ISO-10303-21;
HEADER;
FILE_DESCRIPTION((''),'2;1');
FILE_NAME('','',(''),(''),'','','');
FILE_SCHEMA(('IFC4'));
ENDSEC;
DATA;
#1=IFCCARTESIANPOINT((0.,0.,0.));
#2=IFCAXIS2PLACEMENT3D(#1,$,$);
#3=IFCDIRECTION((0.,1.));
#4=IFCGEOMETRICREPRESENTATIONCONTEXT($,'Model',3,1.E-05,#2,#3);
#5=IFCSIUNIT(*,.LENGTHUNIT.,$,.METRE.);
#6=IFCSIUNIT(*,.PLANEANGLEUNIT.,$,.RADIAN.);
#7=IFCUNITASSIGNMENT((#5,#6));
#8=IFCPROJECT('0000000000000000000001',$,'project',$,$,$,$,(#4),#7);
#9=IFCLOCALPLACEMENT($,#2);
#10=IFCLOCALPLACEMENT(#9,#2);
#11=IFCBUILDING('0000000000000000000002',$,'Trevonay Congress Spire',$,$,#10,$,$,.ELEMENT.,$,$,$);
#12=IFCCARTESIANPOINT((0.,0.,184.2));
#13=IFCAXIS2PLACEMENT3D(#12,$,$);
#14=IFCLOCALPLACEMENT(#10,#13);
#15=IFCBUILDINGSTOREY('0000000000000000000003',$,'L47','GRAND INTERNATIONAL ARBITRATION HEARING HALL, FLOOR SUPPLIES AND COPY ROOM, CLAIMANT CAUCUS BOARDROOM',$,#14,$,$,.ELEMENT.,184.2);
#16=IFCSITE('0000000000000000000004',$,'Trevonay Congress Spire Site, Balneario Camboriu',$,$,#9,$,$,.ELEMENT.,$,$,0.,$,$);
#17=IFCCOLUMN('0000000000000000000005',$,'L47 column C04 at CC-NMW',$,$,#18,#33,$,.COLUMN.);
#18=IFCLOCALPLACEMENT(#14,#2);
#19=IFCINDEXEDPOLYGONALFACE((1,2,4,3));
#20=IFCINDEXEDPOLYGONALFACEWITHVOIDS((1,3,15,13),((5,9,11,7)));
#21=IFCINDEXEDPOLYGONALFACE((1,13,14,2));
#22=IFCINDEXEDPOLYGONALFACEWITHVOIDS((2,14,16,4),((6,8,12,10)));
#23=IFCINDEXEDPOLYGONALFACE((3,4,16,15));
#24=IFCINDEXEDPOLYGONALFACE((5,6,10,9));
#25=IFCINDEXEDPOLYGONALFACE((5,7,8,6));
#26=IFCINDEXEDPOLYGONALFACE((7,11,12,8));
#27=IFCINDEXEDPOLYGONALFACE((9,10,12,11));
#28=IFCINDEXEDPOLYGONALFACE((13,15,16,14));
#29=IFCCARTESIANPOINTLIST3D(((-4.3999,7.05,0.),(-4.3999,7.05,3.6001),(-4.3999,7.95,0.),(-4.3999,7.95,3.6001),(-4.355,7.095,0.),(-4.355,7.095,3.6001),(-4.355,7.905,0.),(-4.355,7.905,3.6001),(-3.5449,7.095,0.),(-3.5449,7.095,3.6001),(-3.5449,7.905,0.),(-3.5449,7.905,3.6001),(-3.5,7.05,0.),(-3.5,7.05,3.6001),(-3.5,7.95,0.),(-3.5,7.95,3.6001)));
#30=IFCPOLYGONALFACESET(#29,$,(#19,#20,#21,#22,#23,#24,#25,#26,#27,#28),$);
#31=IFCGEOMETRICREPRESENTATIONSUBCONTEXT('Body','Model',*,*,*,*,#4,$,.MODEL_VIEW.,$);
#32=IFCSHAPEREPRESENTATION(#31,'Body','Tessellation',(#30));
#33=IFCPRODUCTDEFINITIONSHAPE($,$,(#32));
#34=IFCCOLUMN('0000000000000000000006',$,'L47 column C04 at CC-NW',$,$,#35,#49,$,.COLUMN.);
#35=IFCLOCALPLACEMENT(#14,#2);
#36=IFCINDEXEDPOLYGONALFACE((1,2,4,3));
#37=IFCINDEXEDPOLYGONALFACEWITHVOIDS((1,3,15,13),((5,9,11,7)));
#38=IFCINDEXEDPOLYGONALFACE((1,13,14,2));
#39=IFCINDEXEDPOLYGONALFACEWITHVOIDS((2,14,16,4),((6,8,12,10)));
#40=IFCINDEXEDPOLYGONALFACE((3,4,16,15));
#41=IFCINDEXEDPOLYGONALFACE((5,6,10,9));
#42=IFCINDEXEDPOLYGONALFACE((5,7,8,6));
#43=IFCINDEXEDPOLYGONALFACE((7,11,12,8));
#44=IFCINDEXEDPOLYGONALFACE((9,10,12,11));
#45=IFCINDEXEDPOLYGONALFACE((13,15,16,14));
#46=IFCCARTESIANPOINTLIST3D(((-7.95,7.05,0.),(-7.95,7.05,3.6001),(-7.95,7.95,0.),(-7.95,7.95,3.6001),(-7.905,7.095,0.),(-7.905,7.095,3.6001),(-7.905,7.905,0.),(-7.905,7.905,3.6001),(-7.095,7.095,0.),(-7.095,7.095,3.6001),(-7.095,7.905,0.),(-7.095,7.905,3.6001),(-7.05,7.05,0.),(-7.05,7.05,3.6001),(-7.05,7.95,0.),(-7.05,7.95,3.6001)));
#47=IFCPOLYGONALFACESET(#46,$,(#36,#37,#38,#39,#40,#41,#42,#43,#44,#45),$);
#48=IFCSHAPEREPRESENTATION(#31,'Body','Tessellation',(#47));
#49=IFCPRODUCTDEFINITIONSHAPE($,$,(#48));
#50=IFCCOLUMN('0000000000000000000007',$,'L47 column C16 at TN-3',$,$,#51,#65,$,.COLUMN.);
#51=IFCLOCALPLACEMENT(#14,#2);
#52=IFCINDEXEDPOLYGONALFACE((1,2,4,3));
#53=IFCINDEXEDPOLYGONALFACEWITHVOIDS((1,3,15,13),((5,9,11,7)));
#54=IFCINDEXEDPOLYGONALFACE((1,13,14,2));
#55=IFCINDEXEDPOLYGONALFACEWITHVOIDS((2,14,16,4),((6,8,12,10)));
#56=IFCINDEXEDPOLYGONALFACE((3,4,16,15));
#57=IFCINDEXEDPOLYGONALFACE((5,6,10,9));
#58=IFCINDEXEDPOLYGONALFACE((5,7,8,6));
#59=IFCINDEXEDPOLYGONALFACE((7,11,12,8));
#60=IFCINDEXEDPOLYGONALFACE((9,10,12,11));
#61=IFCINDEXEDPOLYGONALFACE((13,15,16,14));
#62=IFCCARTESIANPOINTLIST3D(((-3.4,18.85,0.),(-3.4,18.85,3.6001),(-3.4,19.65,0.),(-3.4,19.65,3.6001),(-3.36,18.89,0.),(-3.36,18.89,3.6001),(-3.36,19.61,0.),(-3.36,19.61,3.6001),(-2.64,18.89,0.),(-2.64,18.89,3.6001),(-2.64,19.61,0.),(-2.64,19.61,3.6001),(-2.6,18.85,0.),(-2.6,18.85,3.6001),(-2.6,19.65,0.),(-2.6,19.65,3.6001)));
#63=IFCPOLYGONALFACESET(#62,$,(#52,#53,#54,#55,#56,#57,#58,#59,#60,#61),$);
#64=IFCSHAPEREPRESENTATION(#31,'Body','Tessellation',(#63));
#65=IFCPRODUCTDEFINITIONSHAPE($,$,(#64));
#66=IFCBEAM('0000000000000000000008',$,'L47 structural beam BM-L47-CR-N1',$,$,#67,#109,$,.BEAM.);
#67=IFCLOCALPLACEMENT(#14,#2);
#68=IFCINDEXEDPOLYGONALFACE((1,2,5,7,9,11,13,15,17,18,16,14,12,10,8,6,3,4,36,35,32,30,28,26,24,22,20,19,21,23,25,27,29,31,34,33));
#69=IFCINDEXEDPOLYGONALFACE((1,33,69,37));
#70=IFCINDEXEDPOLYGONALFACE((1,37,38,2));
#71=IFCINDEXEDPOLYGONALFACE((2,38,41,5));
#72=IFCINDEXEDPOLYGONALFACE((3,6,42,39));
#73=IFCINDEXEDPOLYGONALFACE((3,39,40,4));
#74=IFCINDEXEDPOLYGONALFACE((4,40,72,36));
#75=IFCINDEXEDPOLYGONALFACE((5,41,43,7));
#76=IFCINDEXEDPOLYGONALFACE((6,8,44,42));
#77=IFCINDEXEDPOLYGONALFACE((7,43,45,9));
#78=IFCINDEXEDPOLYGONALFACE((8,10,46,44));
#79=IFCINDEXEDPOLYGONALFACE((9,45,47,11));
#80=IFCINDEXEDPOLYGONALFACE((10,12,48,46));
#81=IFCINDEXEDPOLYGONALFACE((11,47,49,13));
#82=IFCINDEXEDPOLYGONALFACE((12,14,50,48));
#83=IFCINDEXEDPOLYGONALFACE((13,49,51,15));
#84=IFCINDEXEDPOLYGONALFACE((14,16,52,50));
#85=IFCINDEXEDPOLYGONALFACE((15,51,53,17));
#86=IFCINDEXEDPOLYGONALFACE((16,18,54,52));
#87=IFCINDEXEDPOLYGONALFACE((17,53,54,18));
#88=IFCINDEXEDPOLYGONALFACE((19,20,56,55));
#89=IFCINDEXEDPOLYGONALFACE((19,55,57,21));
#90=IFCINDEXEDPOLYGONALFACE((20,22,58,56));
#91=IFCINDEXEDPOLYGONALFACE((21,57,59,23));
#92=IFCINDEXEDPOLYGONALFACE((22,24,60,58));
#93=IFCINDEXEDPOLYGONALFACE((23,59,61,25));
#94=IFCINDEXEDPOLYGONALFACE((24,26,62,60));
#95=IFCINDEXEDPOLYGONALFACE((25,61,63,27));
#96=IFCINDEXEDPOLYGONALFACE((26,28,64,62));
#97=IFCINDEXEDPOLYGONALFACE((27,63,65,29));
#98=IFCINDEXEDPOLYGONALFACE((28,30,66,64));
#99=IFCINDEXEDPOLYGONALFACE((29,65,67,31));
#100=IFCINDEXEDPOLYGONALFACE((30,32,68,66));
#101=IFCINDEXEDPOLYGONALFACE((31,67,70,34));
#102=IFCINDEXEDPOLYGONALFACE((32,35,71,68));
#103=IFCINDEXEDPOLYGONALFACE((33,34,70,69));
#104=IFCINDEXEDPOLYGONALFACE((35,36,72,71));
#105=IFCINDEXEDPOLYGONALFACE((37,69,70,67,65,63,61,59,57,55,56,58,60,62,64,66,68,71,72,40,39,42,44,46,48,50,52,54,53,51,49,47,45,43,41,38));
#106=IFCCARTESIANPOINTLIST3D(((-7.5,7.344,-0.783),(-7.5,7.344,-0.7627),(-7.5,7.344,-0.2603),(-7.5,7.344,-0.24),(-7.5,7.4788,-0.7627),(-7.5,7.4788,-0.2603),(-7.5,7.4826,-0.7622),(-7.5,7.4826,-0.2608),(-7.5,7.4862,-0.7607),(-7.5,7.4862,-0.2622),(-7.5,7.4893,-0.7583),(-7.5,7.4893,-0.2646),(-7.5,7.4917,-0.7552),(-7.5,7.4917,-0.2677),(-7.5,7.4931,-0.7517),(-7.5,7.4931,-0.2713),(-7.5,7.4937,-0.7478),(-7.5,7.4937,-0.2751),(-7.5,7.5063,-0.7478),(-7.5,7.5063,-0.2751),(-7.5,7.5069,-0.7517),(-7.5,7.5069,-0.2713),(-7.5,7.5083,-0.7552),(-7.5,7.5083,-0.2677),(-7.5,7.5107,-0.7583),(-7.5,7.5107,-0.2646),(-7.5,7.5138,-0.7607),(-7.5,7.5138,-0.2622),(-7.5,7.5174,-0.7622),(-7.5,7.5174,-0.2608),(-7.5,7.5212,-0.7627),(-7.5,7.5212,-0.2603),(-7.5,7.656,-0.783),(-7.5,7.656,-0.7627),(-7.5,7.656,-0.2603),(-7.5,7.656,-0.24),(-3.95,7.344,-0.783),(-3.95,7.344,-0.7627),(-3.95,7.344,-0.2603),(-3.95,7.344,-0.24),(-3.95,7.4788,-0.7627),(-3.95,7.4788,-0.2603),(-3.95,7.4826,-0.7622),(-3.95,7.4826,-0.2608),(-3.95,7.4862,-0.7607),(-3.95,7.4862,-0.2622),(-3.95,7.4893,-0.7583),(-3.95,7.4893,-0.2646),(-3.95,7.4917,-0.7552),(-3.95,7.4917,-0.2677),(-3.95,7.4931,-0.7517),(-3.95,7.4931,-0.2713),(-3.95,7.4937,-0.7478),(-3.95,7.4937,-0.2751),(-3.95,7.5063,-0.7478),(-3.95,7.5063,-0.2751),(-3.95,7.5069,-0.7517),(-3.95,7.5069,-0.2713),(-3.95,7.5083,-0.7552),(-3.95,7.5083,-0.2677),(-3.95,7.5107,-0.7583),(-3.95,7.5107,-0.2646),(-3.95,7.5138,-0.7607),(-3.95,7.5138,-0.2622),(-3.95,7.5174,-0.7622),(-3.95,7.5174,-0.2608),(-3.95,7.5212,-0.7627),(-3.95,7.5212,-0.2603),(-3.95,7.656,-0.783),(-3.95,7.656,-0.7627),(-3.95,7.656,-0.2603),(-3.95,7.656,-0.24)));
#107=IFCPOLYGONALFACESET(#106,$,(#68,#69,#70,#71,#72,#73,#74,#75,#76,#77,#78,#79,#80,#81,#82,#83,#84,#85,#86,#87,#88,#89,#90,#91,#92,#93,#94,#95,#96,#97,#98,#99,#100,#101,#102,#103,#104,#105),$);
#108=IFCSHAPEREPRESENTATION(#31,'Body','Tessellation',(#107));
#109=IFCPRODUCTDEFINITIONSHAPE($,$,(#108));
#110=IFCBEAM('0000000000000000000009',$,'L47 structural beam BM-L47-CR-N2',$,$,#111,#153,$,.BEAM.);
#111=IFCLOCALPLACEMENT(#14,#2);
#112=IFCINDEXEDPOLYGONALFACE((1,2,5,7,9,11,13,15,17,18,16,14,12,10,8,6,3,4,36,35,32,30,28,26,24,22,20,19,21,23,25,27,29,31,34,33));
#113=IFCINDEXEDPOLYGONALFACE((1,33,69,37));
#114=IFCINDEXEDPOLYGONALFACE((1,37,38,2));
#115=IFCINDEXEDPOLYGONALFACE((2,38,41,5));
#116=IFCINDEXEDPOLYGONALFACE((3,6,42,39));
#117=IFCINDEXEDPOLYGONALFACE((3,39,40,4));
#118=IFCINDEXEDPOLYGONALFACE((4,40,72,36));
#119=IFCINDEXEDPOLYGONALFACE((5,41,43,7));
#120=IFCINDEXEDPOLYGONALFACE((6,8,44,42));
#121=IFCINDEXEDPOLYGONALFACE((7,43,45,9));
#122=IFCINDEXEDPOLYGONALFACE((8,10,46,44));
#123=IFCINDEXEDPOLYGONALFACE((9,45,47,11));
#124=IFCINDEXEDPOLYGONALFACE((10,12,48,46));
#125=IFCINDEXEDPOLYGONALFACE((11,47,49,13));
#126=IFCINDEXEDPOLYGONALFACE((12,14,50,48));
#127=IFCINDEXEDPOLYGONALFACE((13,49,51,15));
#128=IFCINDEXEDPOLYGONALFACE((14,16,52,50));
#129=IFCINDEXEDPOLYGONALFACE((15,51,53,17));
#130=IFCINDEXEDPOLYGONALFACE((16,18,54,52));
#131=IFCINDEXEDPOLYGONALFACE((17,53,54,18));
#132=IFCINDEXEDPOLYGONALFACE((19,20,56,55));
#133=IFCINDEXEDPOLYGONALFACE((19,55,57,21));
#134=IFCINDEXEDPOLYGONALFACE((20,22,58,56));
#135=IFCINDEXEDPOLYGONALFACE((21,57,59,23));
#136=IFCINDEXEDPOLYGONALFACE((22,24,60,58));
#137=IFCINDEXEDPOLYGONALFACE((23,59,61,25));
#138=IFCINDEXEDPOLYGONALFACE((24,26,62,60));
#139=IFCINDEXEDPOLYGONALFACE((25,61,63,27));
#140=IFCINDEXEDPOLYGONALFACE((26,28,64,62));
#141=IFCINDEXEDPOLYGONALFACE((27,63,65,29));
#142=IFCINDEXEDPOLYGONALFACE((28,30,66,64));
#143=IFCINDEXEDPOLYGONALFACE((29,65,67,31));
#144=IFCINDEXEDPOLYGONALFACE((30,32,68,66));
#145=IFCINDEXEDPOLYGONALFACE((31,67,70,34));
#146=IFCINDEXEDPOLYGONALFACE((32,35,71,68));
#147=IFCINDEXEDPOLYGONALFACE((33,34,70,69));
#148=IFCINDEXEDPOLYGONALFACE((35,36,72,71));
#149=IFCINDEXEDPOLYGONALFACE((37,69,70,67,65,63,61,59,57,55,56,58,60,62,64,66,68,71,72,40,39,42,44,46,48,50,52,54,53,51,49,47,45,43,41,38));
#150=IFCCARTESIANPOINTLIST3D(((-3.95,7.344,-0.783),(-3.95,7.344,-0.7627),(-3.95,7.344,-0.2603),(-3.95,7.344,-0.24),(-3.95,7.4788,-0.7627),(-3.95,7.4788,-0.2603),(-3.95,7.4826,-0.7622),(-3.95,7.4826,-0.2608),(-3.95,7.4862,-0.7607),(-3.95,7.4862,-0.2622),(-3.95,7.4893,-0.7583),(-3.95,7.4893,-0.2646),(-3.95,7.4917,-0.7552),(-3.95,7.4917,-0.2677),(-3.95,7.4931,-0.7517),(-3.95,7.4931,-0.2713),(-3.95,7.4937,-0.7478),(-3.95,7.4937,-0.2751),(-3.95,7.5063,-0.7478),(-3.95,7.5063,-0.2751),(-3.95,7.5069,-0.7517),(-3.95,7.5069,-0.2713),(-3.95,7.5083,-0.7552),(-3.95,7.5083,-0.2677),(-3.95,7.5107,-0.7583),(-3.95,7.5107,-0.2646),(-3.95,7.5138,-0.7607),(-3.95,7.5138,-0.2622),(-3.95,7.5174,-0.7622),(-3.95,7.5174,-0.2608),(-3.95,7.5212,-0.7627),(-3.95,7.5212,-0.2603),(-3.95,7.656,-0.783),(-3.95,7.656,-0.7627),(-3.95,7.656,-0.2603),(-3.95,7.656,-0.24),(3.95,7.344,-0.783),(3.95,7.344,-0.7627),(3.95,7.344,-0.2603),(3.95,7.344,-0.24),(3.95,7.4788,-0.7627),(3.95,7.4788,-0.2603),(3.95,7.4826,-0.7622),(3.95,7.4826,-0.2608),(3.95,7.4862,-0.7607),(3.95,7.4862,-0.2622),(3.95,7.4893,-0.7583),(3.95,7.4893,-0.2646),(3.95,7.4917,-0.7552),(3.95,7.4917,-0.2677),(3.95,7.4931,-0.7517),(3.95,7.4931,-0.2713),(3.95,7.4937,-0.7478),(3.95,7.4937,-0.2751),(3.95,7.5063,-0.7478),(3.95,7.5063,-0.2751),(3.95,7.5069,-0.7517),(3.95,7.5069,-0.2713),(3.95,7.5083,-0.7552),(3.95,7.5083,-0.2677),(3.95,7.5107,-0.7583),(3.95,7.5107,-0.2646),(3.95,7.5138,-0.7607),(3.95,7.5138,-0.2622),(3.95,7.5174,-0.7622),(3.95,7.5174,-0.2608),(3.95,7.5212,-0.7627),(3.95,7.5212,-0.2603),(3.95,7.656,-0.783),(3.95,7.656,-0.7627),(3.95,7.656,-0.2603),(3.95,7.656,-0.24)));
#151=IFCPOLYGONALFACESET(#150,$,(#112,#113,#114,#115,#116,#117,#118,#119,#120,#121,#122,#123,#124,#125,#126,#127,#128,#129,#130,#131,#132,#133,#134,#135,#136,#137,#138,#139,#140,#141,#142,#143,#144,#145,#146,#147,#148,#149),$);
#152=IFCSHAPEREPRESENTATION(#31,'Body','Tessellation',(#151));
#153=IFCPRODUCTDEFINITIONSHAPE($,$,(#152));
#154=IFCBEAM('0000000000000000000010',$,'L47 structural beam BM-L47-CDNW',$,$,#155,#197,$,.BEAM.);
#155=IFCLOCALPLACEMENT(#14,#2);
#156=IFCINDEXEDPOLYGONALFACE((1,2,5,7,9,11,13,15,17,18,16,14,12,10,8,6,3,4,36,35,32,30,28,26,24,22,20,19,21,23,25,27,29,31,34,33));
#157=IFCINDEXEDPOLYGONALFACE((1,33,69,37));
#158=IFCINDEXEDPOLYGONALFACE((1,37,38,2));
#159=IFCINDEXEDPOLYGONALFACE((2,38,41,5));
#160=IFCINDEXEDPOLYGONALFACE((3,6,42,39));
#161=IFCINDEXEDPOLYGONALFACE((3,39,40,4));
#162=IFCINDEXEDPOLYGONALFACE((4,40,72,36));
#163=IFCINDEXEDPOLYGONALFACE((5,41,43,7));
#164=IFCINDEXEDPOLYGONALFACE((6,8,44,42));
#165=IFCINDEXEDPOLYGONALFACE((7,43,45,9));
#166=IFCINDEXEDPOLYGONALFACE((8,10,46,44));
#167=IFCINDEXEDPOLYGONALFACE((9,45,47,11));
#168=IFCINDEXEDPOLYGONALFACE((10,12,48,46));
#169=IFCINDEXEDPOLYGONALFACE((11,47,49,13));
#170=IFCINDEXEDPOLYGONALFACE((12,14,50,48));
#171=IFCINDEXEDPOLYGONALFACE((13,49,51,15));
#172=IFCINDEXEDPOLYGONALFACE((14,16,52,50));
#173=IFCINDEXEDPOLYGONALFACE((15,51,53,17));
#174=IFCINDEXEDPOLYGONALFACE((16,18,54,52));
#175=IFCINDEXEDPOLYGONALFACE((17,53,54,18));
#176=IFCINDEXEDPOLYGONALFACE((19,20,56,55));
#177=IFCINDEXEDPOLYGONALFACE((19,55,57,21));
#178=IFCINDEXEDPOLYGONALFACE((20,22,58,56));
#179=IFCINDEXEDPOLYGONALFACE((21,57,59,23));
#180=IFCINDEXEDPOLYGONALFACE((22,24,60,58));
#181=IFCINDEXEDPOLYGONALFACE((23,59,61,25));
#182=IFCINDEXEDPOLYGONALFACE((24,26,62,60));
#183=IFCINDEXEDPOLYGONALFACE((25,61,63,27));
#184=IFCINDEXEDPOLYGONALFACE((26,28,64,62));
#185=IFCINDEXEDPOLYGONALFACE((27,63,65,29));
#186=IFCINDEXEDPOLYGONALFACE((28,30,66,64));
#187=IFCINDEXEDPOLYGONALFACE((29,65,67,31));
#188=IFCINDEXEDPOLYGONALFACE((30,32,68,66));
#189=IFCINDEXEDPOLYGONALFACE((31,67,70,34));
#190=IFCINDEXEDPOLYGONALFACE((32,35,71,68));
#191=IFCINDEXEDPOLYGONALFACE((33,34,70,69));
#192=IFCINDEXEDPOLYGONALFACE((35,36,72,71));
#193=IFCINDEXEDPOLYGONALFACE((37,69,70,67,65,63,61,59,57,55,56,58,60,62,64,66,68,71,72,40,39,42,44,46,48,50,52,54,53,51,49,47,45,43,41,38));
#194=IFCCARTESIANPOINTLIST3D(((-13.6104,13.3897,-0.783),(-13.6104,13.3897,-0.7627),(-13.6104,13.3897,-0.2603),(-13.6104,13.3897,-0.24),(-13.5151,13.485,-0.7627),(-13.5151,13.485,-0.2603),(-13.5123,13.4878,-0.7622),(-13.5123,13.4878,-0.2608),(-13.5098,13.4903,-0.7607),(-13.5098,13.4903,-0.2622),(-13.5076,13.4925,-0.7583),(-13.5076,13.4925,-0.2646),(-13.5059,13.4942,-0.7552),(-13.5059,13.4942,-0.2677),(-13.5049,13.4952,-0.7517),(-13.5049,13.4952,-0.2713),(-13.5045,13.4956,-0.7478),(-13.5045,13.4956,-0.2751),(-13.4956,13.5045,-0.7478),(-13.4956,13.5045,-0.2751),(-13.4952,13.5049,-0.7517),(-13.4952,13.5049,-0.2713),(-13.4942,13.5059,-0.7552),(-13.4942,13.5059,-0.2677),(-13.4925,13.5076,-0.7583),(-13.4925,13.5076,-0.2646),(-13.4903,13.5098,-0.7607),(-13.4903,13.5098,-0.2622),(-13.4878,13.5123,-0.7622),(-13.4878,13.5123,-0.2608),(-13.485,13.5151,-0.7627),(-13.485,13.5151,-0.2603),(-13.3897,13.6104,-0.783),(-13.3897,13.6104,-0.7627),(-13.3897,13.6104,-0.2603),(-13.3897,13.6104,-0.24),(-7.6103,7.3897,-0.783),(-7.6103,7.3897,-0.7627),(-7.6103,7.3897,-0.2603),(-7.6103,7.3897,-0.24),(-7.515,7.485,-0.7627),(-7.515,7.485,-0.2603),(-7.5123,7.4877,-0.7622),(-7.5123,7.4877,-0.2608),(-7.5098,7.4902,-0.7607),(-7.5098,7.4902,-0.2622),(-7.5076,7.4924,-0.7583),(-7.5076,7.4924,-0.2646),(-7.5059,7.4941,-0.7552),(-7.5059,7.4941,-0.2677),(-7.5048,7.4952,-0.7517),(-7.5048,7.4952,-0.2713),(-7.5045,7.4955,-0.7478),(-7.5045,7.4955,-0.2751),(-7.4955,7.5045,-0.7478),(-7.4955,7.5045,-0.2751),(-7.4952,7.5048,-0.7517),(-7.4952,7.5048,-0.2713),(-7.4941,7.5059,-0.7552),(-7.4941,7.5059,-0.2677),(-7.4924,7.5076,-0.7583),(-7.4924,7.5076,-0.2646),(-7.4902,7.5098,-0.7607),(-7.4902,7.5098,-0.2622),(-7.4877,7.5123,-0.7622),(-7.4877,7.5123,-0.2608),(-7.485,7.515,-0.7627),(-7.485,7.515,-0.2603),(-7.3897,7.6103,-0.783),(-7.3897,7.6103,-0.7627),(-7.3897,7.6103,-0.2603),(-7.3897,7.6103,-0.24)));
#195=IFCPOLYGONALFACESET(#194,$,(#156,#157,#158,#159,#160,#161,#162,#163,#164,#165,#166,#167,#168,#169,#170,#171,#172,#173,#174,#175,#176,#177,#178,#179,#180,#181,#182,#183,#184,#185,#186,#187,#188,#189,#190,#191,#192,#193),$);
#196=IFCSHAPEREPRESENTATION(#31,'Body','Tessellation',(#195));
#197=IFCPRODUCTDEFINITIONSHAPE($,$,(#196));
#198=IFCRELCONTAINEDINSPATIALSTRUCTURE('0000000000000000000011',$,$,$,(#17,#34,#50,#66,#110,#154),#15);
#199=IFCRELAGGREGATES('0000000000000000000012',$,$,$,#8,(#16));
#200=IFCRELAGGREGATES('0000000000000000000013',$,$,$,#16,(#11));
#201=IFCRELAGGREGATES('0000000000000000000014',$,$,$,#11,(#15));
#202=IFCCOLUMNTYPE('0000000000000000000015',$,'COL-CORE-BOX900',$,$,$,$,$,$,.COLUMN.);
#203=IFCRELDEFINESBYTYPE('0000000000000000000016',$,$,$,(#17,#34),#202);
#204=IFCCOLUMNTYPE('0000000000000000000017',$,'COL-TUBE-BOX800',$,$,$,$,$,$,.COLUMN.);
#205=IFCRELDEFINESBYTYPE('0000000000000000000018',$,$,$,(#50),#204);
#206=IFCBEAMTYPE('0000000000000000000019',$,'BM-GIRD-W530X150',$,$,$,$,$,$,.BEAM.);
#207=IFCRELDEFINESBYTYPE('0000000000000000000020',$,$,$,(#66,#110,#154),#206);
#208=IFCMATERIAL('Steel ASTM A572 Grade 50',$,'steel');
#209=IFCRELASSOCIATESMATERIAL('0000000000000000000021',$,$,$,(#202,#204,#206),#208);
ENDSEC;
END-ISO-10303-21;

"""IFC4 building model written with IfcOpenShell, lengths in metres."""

from ifc_helpers import new_model, si_unit, direction, frame, origin, origin_2d, place, context, subcontext, project, spatial, hollow_rectangle, i_section, extrude, material, material_profile, profile_set, type_object, element, save


model = new_model("IFC4")

# Units and contexts
model_context = context("Model", 3, precision=1e-05, world=origin(), true_north=direction((0.0, 1.0)))
body_context = subcontext(model_context, "Body", "Model", "MODEL_VIEW")
ifc_project = project(units=[si_unit("LENGTHUNIT", "METRE"), si_unit("PLANEANGLEUNIT", "RADIAN")], contexts=[model_context])

# Site, building, storey
site_placement = place(None, origin())
site = spatial("IfcSite", under=ifc_project, at=site_placement, Name="Trevonay Congress Spire Site, Balneario Camboriu", CompositionType="ELEMENT", RefElevation=0.0)
building_placement = place(site_placement, origin())
building = spatial("IfcBuilding", under=site, at=building_placement, Name="Trevonay Congress Spire", CompositionType="ELEMENT")
storey_placement = place(building_placement, frame((0.0, 0.0, 184.2)))
storey = spatial("IfcBuildingStorey", under=building, at=storey_placement, Name="L47", Description="GRAND INTERNATIONAL ARBITRATION HEARING HALL, FLOOR SUPPLIES AND COPY ROOM, CLAIMANT CAUCUS BOARDROOM", CompositionType="ELEMENT", Elevation=184.2)

# Columns
ifc_material_1 = material(Name="Steel ASTM A572 Grade 50", Category="steel")
ifc_material_profile_1 = material_profile(ifc_material_1, hollow_rectangle(XDim=0.8999, YDim=0.8999, WallThickness=0.0449, at=origin_2d()), Name="BOX 900x900x45")
ifc_profile_set_1 = profile_set([ifc_material_profile_1], Name="Steel ASTM A572 Grade 50")
column_type_1 = type_object("IfcColumnType", Name="COL-CORE-BOX900", PredefinedType="COLUMN", material=ifc_profile_set_1)
for number, where, z_axis, x_axis, name in (
    (1, (-3.95, 7.5, 0.0), (0.0, 0.0, 1.0), (1.0, 0.0, 0.0), "L47 column C04 at CC-NMW"),
    (2, (-7.5, 7.5, 0.0), (0.0, 0.0, 1.0), (1.0, 0.0, 0.0), "L47 column C04 at CC-NW"),
):
    element("IfcColumn", number, at=place(storey_placement, frame(where, z_axis=z_axis, x_axis=x_axis)), inside=storey, type_object=column_type_1, Name=name, PredefinedType="COLUMN", context=body_context, shape_type="SweptSolid", body=[
        extrude(hollow_rectangle(XDim=0.8999, YDim=0.8999, WallThickness=0.0449, at=origin_2d()), origin(), (0.0, 0.0, 1.0), 3.6001),
    ])
ifc_material_profile_2 = material_profile(ifc_material_1, hollow_rectangle(XDim=0.8, YDim=0.8, WallThickness=0.04, at=origin_2d()), Name="BOX 800x800x40")
ifc_profile_set_2 = profile_set([ifc_material_profile_2], Name="Steel ASTM A572 Grade 50")
column_type_2 = type_object("IfcColumnType", Name="COL-TUBE-BOX800", PredefinedType="COLUMN", material=ifc_profile_set_2)
column_placement = place(storey_placement, frame((-3.0, 19.25, 0.0), z_axis=(0.0, 0.0, 1.0), x_axis=(1.0, 0.0, 0.0)))
element("IfcColumn", 3, at=column_placement, inside=storey, type_object=column_type_2, Name="L47 column C16 at TN-3", PredefinedType="COLUMN", context=body_context, shape_type="SweptSolid", body=[
    extrude(hollow_rectangle(XDim=0.8, YDim=0.8, WallThickness=0.04, at=origin_2d()), origin(), (0.0, 0.0, 1.0), 3.6001),
])

# Beams
ifc_material_profile_3 = material_profile(ifc_material_1, i_section(OverallWidth=0.312, OverallDepth=0.543, WebThickness=0.0127, FlangeThickness=0.0203, FilletRadius=0.0149, at=origin_2d()), Name="W530x150")
ifc_profile_set_3 = profile_set([ifc_material_profile_3], Name="Steel ASTM A572 Grade 50")
beam_type_1 = type_object("IfcBeamType", Name="BM-GIRD-W530X150", PredefinedType="BEAM", material=ifc_profile_set_3)
beam_1_placement = place(storey_placement, frame((-7.5, 7.5, -0.5115), z_axis=(1.0, 0.0, 0.0), x_axis=(0.0, 1.0, 0.0)))
element("IfcBeam", 4, at=beam_1_placement, inside=storey, type_object=beam_type_1, Name="L47 structural beam BM-L47-CR-N1", PredefinedType="BEAM", context=body_context, shape_type="SweptSolid", body=[
    extrude(i_section(OverallWidth=0.312, OverallDepth=0.543, WebThickness=0.0127, FlangeThickness=0.0203, FilletRadius=0.0149, at=origin_2d()), origin(), (0.0, 0.0, 1.0), 3.55),
])
beam_2_placement = place(storey_placement, frame((-3.95, 7.5, -0.5115), z_axis=(1.0, 0.0, 0.0), x_axis=(0.0, 1.0, 0.0)))
element("IfcBeam", 5, at=beam_2_placement, inside=storey, type_object=beam_type_1, Name="L47 structural beam BM-L47-CR-N2", PredefinedType="BEAM", context=body_context, shape_type="SweptSolid", body=[
    extrude(i_section(OverallWidth=0.312, OverallDepth=0.543, WebThickness=0.0127, FlangeThickness=0.0203, FilletRadius=0.0149, at=origin_2d()), origin(), (0.0, 0.0, 1.0), 7.8999),
])
beam_3_placement = place(storey_placement, frame((-7.5, 7.5, -0.5115), z_axis=(-0.707107, 0.707107, 0.0), x_axis=(-0.707107, -0.707107, 0.0)))
element("IfcBeam", 6, at=beam_3_placement, inside=storey, type_object=beam_type_1, Name="L47 structural beam BM-L47-CDNW", PredefinedType="BEAM", context=body_context, shape_type="SweptSolid", body=[
    extrude(i_section(OverallWidth=0.312, OverallDepth=0.543, WebThickness=0.0127, FlangeThickness=0.0203, FilletRadius=0.0149, at=origin_2d()), origin(), (0.0, 0.0, 1.0), 8.4854),
])

save(model, "model.ifc")
